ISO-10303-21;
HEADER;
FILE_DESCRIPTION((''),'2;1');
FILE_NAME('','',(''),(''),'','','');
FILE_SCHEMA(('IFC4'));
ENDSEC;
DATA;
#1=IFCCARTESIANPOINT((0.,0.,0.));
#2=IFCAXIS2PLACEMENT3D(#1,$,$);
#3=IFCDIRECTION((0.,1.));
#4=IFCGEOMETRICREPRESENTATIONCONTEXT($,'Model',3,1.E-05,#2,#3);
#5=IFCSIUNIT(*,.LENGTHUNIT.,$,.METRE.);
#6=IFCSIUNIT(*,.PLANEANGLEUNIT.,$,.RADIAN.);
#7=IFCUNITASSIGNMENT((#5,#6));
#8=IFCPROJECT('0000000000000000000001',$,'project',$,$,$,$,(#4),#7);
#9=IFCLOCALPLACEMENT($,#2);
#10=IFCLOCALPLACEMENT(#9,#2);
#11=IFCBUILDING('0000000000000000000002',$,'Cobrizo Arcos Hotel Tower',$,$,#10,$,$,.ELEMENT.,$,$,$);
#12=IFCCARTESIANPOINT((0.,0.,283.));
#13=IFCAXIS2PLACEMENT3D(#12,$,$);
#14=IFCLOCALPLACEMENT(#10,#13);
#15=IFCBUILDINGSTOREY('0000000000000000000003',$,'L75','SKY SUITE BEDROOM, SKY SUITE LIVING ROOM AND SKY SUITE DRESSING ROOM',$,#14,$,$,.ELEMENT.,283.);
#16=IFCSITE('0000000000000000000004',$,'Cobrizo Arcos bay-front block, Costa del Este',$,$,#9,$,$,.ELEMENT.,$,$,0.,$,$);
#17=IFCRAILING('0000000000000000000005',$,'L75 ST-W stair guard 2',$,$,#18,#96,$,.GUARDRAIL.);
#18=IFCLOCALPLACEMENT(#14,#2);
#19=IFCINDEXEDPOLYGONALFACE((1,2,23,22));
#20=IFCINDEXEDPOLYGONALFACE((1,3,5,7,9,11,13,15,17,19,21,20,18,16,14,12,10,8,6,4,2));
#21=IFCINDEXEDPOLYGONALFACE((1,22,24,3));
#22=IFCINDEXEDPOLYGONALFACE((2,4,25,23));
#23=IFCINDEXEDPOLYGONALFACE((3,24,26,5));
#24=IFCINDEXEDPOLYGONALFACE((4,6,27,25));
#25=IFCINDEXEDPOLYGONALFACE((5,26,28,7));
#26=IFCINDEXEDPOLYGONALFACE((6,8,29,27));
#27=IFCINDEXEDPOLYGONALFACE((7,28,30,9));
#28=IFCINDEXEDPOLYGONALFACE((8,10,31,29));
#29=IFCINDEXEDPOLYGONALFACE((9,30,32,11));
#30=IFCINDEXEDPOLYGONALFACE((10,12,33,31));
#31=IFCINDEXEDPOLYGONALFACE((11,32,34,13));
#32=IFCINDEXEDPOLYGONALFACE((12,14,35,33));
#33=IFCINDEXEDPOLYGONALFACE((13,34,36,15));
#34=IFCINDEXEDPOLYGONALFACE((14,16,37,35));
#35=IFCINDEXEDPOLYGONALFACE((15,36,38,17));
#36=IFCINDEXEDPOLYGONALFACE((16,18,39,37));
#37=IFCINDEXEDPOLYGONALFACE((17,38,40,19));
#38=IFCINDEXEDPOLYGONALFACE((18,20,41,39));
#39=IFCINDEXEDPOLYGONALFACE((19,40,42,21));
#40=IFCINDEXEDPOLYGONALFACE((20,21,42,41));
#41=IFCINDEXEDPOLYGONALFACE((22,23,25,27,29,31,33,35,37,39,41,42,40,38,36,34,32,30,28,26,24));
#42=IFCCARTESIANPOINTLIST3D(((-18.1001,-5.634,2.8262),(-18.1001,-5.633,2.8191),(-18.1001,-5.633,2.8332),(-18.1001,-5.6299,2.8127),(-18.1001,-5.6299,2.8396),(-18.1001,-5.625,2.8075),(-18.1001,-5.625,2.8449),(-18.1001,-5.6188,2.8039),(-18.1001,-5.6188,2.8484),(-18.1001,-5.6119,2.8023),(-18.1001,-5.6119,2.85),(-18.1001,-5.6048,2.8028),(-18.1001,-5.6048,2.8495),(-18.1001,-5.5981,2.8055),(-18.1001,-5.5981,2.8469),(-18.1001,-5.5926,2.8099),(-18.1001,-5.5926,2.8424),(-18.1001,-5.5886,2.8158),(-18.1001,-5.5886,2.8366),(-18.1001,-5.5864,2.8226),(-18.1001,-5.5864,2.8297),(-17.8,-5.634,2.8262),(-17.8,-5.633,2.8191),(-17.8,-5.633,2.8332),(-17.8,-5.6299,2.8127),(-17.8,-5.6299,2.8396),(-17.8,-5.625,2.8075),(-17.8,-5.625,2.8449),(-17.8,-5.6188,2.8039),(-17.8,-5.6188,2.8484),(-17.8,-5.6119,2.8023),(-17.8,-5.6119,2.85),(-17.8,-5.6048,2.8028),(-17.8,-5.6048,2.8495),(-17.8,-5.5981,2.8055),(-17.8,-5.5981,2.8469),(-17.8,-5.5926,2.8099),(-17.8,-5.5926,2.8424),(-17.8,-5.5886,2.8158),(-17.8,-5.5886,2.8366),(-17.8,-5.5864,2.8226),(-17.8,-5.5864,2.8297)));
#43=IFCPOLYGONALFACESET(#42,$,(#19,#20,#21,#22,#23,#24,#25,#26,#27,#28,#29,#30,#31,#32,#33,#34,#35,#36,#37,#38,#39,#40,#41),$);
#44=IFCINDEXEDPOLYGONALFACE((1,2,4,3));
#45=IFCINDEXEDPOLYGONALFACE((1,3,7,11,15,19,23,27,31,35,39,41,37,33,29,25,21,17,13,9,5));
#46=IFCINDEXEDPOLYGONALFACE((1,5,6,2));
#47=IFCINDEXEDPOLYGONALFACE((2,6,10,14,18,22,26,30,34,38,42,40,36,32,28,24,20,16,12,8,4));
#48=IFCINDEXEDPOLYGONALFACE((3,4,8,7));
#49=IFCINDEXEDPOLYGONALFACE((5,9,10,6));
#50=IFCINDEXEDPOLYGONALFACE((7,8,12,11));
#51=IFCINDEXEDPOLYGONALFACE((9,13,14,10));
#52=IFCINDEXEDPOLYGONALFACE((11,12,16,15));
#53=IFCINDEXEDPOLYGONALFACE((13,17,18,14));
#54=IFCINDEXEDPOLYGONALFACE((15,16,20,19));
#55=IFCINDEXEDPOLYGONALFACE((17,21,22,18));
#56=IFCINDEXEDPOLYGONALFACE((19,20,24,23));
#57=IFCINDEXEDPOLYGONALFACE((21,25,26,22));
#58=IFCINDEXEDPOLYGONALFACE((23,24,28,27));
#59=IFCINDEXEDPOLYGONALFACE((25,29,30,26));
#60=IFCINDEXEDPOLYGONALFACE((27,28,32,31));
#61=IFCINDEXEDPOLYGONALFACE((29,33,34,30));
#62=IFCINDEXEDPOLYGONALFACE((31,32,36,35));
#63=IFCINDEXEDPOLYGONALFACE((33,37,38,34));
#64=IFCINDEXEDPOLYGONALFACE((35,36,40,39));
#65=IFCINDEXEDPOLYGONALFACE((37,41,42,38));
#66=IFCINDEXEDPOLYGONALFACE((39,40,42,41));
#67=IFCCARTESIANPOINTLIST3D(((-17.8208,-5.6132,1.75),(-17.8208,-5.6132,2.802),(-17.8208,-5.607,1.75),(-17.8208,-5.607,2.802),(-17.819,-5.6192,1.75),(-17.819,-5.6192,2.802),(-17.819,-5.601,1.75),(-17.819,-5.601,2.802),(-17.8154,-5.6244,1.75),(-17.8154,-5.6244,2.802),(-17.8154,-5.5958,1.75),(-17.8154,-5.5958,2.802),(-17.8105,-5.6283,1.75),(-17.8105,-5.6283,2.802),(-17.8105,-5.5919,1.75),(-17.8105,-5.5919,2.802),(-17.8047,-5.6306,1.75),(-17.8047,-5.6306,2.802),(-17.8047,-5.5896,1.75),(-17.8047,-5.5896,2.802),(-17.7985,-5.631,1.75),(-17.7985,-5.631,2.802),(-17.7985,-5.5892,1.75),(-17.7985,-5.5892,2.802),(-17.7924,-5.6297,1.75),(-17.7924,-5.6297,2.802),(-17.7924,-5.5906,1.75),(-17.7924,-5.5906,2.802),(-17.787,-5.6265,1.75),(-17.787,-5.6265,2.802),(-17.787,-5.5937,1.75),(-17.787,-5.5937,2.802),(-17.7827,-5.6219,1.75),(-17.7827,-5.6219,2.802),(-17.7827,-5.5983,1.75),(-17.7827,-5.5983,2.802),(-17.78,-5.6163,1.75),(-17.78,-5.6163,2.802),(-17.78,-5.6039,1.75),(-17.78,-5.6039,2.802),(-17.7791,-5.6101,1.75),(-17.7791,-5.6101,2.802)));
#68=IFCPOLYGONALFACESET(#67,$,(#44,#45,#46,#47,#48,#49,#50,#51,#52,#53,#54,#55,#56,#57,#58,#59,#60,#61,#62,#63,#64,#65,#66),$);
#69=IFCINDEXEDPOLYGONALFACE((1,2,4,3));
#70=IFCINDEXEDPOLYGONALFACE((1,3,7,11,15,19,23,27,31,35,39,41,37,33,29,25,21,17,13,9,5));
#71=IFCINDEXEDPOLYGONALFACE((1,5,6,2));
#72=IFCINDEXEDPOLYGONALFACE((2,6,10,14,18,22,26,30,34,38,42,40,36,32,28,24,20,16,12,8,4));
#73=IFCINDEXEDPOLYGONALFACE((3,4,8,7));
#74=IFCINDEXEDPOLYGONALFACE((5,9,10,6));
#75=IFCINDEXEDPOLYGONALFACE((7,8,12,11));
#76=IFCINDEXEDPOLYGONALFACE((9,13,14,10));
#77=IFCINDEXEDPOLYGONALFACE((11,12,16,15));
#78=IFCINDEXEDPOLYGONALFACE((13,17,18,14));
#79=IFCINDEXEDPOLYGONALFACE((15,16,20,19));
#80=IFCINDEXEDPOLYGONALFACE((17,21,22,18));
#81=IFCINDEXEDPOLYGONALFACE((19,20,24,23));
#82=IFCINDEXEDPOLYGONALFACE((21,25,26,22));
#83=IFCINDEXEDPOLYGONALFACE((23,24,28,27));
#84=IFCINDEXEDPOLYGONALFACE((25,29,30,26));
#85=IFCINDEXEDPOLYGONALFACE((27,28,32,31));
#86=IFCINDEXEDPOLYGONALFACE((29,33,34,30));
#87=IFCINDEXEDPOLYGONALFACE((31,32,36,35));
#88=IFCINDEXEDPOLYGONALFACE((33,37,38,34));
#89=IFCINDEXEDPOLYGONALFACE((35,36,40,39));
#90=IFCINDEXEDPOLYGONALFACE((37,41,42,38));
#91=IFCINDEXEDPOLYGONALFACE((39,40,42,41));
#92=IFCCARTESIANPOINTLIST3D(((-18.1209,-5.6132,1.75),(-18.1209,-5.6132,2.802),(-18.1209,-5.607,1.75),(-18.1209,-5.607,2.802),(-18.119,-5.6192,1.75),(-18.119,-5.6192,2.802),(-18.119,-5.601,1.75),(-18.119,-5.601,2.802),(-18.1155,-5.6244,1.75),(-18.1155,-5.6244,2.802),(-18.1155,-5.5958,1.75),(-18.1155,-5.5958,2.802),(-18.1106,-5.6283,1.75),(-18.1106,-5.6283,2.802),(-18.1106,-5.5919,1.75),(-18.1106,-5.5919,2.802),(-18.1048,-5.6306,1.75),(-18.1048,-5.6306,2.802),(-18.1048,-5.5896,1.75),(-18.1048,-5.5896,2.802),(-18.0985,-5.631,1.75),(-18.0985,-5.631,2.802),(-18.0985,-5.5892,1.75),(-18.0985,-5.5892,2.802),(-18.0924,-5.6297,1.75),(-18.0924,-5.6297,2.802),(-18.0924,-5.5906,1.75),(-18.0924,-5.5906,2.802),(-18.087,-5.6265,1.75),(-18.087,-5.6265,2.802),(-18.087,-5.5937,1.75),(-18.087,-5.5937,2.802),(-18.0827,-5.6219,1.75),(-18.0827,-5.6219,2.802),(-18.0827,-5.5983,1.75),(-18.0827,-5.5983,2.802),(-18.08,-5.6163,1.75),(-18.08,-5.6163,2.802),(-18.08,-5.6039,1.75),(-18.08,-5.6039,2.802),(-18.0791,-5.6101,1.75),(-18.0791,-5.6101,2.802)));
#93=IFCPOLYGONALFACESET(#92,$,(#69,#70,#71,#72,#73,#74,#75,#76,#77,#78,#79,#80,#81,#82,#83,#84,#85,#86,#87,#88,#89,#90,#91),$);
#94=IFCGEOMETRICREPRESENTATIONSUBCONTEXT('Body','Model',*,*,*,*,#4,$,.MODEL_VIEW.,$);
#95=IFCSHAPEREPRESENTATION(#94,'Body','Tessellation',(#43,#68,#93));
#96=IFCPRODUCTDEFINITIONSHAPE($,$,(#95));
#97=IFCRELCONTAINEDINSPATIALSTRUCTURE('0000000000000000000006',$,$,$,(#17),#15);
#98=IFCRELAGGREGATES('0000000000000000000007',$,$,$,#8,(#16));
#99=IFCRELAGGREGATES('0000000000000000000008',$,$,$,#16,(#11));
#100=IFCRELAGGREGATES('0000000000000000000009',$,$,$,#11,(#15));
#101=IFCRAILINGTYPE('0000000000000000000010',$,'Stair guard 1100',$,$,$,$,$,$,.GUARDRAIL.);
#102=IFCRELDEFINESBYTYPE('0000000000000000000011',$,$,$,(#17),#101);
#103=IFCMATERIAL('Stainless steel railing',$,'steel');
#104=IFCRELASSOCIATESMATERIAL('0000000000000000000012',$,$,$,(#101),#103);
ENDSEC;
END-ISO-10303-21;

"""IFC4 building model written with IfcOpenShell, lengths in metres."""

from ifc_helpers import new_model, si_unit, direction, frame, origin, origin_2d, place, context, subcontext, project, spatial, circle, extrude, material, type_object, element, save


model = new_model("IFC4")

# Units and contexts
model_context = context("Model", 3, precision=1e-05, world=origin(), true_north=direction((0.0, 1.0)))
body_context = subcontext(model_context, "Body", "Model", "MODEL_VIEW")
ifc_project = project(units=[si_unit("LENGTHUNIT", "METRE"), si_unit("PLANEANGLEUNIT", "RADIAN")], contexts=[model_context])

# Site, building, storey
site_placement = place(None, origin())
site = spatial("IfcSite", under=ifc_project, at=site_placement, Name="Cobrizo Arcos bay-front block, Costa del Este", CompositionType="ELEMENT", RefElevation=0.0)
building_placement = place(site_placement, origin())
building = spatial("IfcBuilding", under=site, at=building_placement, Name="Cobrizo Arcos Hotel Tower", CompositionType="ELEMENT")
storey_placement = place(building_placement, frame((0.0, 0.0, 283.0)))
storey = spatial("IfcBuildingStorey", under=building, at=storey_placement, Name="L75", Description="SKY SUITE BEDROOM, SKY SUITE LIVING ROOM AND SKY SUITE DRESSING ROOM", CompositionType="ELEMENT", Elevation=283.0)

# Railing
ifc_material_1 = material(Name="Stainless steel railing", Category="steel")
railing_type_1 = type_object("IfcRailingType", Name="Stair guard 1100", PredefinedType="GUARDRAIL", material=ifc_material_1)
railing_1_placement = place(storey_placement, frame((-17.8, -5.6101, 1.75)))
element("IfcRailing", 1, at=railing_1_placement, inside=storey, type_object=railing_type_1, Name="L75 ST-W stair guard 2", PredefinedType="GUARDRAIL", context=body_context, shape_type="SweptSolid", body=[
    extrude(circle(Radius=0.0239, at=origin_2d()), frame((0.0, 0.0, 1.0762), z_axis=(-1.0, 0.0, 0.0), x_axis=(0.0, -1.0, 0.0)), (0.0, 0.0, 1.0), 0.3),
    extrude(circle(Radius=0.021, at=origin_2d()), origin(), (0.0, 0.0, 1.0), 1.052),
    extrude(circle(Radius=0.021, at=origin_2d()), frame((-0.3, 0.0, 0.0)), (0.0, 0.0, 1.0), 1.052),
])

save(model, "model.ifc")
